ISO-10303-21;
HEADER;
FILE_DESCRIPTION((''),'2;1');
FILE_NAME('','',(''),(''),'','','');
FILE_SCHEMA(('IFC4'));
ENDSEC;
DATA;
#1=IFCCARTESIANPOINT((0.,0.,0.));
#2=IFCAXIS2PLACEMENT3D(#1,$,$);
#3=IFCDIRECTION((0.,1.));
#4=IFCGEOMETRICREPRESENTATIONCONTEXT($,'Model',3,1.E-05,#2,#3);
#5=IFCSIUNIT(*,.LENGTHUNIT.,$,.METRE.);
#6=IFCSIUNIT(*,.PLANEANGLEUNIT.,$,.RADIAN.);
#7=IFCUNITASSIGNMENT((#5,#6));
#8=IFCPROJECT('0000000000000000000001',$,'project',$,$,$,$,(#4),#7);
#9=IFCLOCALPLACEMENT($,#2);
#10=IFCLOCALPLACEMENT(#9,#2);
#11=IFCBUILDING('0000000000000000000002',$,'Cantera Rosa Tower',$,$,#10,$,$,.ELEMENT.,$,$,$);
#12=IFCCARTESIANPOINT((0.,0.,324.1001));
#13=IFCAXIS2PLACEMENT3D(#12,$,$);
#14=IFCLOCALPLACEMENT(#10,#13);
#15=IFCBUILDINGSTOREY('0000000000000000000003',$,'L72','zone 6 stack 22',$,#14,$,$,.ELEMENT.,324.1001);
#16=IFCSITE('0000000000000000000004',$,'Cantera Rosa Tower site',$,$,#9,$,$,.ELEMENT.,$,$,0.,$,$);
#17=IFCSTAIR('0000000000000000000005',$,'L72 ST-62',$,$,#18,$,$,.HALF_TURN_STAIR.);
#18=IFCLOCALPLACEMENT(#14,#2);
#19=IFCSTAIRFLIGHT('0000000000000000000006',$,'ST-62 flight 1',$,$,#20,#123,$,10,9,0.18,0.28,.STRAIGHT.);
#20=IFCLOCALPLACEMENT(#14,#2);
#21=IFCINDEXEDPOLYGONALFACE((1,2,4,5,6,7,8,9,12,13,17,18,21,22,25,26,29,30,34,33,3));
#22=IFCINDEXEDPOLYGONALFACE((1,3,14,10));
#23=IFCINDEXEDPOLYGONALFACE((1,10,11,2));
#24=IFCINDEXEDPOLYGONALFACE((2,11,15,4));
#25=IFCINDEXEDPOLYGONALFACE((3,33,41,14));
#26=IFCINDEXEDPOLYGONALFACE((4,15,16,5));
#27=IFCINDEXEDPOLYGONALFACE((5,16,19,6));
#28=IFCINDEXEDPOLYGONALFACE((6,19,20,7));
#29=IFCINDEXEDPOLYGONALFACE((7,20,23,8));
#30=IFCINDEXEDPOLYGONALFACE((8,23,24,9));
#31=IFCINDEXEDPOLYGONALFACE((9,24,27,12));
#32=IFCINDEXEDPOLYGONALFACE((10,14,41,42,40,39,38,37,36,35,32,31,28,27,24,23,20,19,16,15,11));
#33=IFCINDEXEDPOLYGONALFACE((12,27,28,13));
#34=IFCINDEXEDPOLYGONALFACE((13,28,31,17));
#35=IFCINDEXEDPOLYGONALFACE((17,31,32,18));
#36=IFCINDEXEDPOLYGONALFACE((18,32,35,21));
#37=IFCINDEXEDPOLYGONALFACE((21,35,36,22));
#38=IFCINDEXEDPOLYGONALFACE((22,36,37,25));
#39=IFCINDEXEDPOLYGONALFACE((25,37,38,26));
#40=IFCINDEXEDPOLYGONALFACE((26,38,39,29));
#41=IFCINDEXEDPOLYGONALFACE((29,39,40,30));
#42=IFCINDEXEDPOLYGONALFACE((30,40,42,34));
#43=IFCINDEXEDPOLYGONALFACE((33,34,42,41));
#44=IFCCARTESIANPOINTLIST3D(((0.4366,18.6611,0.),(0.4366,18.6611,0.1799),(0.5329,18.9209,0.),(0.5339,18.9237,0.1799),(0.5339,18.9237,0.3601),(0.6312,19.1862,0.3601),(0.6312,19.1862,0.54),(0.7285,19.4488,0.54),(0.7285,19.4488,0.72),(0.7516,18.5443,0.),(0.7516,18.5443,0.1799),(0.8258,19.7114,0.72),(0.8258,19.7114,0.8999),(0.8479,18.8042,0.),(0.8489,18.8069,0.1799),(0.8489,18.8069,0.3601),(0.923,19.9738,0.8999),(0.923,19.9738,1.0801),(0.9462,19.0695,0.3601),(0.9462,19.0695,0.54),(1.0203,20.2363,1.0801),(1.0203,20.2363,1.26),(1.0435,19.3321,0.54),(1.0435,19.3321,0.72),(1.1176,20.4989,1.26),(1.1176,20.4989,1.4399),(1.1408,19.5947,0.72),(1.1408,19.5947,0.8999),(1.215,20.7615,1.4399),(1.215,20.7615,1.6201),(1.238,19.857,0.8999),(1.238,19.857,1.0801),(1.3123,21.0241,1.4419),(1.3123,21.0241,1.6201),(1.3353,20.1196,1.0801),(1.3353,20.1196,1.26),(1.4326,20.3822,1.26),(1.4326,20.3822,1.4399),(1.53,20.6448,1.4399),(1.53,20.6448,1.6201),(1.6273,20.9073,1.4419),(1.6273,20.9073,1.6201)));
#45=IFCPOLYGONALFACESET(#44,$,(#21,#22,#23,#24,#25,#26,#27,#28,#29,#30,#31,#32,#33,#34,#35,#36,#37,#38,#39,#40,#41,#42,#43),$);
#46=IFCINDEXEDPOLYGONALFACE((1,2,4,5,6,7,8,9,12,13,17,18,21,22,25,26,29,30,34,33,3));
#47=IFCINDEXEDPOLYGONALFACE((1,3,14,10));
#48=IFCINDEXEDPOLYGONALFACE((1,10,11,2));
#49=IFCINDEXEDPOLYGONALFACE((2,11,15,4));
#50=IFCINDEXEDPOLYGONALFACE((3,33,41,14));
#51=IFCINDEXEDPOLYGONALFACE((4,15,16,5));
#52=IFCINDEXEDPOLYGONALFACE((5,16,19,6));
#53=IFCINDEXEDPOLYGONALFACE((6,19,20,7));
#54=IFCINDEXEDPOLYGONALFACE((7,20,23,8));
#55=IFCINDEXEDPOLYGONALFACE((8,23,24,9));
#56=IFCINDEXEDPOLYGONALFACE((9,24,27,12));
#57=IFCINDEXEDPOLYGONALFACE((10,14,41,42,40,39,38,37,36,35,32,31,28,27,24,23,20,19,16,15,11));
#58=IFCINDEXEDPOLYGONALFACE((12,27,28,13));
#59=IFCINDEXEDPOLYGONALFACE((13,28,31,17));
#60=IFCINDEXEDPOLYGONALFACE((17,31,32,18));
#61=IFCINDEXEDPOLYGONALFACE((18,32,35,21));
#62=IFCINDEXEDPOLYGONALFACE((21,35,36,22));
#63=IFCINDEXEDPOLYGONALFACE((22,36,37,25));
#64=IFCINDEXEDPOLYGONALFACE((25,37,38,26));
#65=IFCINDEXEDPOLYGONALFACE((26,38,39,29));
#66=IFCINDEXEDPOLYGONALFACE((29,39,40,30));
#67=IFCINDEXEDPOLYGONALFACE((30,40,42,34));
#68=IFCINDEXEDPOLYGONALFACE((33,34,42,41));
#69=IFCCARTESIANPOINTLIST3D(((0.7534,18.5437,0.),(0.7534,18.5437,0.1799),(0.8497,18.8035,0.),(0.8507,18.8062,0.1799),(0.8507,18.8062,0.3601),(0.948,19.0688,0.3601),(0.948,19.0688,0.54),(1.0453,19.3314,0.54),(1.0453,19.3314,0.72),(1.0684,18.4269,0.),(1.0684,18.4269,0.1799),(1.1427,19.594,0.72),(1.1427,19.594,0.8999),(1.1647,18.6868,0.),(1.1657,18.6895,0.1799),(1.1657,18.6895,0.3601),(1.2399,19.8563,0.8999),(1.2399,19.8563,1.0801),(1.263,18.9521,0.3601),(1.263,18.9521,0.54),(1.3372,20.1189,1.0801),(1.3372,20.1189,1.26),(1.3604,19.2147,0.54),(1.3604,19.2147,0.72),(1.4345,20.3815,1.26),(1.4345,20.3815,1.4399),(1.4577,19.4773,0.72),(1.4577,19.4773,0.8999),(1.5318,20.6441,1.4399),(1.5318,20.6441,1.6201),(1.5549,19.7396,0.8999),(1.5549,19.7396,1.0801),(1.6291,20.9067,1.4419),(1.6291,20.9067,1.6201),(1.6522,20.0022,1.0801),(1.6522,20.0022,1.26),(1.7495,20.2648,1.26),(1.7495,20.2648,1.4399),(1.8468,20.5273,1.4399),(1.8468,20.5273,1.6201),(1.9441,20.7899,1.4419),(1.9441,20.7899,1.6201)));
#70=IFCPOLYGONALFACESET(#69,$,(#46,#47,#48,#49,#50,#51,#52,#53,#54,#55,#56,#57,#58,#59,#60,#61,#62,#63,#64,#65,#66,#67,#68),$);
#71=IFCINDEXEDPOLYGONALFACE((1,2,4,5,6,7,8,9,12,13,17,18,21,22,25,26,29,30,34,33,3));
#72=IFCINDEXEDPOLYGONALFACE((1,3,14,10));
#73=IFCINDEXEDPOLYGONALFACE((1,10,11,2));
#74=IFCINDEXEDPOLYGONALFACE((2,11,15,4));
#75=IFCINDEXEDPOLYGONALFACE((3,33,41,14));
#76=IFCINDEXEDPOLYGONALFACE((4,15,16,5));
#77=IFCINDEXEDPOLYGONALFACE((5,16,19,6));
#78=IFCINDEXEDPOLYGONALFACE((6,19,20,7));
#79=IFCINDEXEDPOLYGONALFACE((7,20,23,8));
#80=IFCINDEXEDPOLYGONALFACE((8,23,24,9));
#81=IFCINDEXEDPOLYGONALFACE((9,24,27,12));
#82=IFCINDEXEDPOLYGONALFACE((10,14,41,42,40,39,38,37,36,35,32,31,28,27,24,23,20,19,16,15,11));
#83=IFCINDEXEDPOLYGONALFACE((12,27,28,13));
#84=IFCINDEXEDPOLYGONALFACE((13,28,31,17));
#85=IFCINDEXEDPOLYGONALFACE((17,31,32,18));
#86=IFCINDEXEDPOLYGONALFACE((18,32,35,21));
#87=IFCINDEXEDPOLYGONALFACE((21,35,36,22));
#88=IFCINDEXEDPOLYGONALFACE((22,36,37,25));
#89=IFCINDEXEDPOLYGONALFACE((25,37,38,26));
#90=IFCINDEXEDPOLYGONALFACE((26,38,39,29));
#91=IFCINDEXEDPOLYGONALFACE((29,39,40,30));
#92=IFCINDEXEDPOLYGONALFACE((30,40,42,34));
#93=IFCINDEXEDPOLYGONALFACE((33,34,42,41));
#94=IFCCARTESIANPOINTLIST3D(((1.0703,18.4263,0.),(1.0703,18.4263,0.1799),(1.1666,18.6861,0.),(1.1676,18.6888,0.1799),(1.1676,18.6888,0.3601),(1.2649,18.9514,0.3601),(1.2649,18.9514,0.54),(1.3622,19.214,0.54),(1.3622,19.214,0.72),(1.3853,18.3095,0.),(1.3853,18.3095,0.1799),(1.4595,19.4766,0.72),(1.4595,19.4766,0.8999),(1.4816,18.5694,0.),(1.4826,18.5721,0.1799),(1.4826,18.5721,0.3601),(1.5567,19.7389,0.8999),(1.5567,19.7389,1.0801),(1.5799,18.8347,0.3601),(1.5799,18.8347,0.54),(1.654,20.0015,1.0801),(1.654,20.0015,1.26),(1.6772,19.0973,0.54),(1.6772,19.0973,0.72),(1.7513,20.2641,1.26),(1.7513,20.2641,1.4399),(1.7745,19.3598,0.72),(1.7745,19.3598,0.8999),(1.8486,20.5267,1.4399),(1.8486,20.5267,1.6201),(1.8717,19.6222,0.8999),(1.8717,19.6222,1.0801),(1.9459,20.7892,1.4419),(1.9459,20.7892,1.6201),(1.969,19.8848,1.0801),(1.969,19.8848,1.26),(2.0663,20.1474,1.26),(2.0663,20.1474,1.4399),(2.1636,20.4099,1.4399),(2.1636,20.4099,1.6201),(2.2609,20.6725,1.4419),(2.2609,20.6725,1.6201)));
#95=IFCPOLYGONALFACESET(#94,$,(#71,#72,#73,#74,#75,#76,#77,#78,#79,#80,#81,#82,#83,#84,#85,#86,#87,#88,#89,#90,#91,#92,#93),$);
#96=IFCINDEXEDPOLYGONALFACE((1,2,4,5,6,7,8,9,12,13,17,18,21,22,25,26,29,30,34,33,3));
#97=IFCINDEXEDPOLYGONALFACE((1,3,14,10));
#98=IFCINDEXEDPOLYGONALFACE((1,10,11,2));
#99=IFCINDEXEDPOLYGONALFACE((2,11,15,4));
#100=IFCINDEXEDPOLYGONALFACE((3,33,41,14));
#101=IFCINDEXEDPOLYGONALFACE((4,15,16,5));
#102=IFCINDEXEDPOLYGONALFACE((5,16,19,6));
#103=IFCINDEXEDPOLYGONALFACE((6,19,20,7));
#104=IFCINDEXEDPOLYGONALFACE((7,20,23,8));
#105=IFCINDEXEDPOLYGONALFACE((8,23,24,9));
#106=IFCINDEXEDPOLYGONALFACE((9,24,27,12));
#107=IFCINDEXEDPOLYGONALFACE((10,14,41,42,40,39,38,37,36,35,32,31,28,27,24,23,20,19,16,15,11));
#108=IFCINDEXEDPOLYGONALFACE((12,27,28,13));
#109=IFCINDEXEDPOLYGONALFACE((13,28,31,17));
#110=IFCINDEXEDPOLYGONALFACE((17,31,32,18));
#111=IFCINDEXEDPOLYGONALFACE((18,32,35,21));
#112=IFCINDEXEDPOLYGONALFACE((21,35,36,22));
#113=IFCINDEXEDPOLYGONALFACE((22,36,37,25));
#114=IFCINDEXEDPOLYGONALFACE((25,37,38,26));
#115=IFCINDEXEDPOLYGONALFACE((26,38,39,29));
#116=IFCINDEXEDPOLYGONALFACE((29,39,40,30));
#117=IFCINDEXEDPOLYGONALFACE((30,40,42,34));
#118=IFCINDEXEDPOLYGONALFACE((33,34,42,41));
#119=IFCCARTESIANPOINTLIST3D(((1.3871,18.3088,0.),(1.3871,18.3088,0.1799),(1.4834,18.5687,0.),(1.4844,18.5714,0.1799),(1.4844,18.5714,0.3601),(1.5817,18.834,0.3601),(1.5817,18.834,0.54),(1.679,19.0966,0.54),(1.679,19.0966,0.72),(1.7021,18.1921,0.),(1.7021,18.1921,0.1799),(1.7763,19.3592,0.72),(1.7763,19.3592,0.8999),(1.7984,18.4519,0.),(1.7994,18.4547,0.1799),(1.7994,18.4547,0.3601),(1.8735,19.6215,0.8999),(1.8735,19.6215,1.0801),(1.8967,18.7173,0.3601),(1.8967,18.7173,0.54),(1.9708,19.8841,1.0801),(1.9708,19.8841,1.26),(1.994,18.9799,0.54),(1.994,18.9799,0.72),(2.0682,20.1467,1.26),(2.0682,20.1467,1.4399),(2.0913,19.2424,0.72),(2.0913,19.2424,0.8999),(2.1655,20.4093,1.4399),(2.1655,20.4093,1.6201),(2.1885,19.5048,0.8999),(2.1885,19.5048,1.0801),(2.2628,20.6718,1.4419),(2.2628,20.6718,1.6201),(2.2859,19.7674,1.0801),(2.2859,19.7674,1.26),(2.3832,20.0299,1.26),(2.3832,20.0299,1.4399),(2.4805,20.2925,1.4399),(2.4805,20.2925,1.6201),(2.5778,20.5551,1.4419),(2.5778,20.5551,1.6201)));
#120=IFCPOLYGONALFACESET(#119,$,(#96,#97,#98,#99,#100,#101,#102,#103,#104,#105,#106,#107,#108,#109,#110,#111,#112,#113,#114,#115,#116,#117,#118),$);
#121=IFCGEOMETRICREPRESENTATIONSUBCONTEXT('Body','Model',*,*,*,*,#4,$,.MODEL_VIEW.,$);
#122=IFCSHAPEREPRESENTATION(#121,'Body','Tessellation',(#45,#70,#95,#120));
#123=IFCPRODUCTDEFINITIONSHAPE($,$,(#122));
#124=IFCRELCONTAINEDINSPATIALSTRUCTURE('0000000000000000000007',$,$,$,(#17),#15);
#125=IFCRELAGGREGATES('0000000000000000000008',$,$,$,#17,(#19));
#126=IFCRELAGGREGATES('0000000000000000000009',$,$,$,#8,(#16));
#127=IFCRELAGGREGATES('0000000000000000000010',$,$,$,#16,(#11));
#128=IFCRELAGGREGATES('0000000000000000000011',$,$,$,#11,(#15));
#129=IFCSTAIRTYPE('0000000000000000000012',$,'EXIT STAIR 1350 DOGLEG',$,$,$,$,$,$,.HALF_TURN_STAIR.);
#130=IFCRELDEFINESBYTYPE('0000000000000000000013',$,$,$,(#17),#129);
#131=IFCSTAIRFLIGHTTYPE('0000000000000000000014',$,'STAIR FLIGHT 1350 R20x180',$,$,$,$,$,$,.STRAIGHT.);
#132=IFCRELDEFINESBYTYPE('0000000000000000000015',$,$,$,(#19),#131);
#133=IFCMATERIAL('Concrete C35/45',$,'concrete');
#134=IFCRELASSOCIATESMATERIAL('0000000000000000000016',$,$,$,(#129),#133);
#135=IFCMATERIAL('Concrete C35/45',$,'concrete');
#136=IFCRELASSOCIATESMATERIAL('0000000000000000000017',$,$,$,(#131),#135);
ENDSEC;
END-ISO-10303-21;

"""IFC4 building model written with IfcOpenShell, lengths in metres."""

from ifc_helpers import new_model, si_unit, direction, frame, origin, place, context, subcontext, project, spatial, polyline, outline, extrude, material, type_object, element, aggregate, save


model = new_model("IFC4")

# Units and contexts
model_context = context("Model", 3, precision=1e-05, world=origin(), true_north=direction((0.0, 1.0)))
body_context = subcontext(model_context, "Body", "Model", "MODEL_VIEW")
ifc_project = project(units=[si_unit("LENGTHUNIT", "METRE"), si_unit("PLANEANGLEUNIT", "RADIAN")], contexts=[model_context])

# Site, building, storey
site_placement = place(None, origin())
site = spatial("IfcSite", under=ifc_project, at=site_placement, Name="Cantera Rosa Tower site", CompositionType="ELEMENT", RefElevation=0.0)
building_placement = place(site_placement, origin())
building = spatial("IfcBuilding", under=site, at=building_placement, Name="Cantera Rosa Tower", CompositionType="ELEMENT")
storey_placement = place(building_placement, frame((0.0, 0.0, 324.1001)))
storey = spatial("IfcBuildingStorey", under=building, at=storey_placement, Name="L72", Description="zone 6 stack 22", CompositionType="ELEMENT", Elevation=324.1001)

# Stair, stair flight
ifc_material_1 = material(Name="Concrete C35/45", Category="concrete")
stair_type = type_object("IfcStairType", Name="EXIT STAIR 1350 DOGLEG", PredefinedType="HALF_TURN_STAIR", material=ifc_material_1)
stair_placement = place(storey_placement, origin())
stair = element("IfcStair", 1, at=stair_placement, inside=storey, type_object=stair_type, Name="L72 ST-62", PredefinedType="HALF_TURN_STAIR")
ifc_material_2 = material(Name="Concrete C35/45", Category="concrete")
stair_flight_type = type_object("IfcStairFlightType", Name="STAIR FLIGHT 1350 R20x180", PredefinedType="STRAIGHT", material=ifc_material_2)
stair_flight_placement = place(storey_placement, frame((1.0696, 18.4265, 0.0), z_axis=(0.0, 0.0, 1.0), x_axis=(0.347481, 0.937687, 0.0)))
stair_flight = element("IfcStairFlight", 2, at=stair_flight_placement, type_object=stair_flight_type, Name="ST-62 flight 1", NumberOfRisers=10, NumberOfTreads=9, PredefinedType="STRAIGHT", RiserHeight=0.18, TreadLength=0.28, context=body_context, shape_type="SweptSolid", body=[
    extrude(outline(polyline([(0.0, 0.0), (0.0, 0.1799), (0.28, 0.1799), (0.28, 0.3601), (0.5601, 0.3601), (0.5601, 0.54), (0.8401, 0.54), (0.8401, 0.72), (1.1201, 0.72), (1.1201, 0.8999), (1.3999, 0.8999), (1.3999, 1.0801), (1.6799, 1.0801), (1.6799, 1.26), (1.96, 1.26), (1.96, 1.4399), (2.24, 1.4399), (2.24, 1.6201), (2.52, 1.6201), (2.52, 1.8), (2.52, 1.4419), (0.2771, 0.0), (0.0, 0.0)])), frame((0.0, 0.675, 0.0), z_axis=(0.0, -1.0, 0.0), x_axis=(1.0, 0.0, 0.0)), (0.0, 0.0, 1.0), 0.3359),
    extrude(outline(polyline([(0.0, 0.0), (0.0, 0.1799), (0.28, 0.1799), (0.28, 0.3601), (0.5601, 0.3601), (0.5601, 0.54), (0.8401, 0.54), (0.8401, 0.72), (1.1201, 0.72), (1.1201, 0.8999), (1.3999, 0.8999), (1.3999, 1.0801), (1.6799, 1.0801), (1.6799, 1.26), (1.96, 1.26), (1.96, 1.4399), (2.24, 1.4399), (2.24, 1.6201), (2.52, 1.6201), (2.52, 1.8), (2.52, 1.4419), (0.2771, 0.0), (0.0, 0.0)])), frame((0.0, 0.3372, 0.0), z_axis=(0.0, -1.0, 0.0), x_axis=(1.0, 0.0, 0.0)), (0.0, 0.0, 1.0), 0.3359),
    extrude(outline(polyline([(0.0, 0.0), (0.0, 0.1799), (0.28, 0.1799), (0.28, 0.3601), (0.5601, 0.3601), (0.5601, 0.54), (0.8401, 0.54), (0.8401, 0.72), (1.1201, 0.72), (1.1201, 0.8999), (1.3999, 0.8999), (1.3999, 1.0801), (1.6799, 1.0801), (1.6799, 1.26), (1.96, 1.26), (1.96, 1.4399), (2.24, 1.4399), (2.24, 1.6201), (2.52, 1.6201), (2.52, 1.8), (2.52, 1.4419), (0.2771, 0.0), (0.0, 0.0)])), frame((0.0, -0.0007, 0.0), z_axis=(0.0, -1.0, 0.0), x_axis=(1.0, 0.0, 0.0)), (0.0, 0.0, 1.0), 0.3359),
    extrude(outline(polyline([(0.0, 0.0), (0.0, 0.1799), (0.28, 0.1799), (0.28, 0.3601), (0.5601, 0.3601), (0.5601, 0.54), (0.8401, 0.54), (0.8401, 0.72), (1.1201, 0.72), (1.1201, 0.8999), (1.3999, 0.8999), (1.3999, 1.0801), (1.6799, 1.0801), (1.6799, 1.26), (1.96, 1.26), (1.96, 1.4399), (2.24, 1.4399), (2.24, 1.6201), (2.52, 1.6201), (2.52, 1.8), (2.52, 1.4419), (0.2771, 0.0), (0.0, 0.0)])), frame((0.0, -0.3386, 0.0), z_axis=(0.0, -1.0, 0.0), x_axis=(1.0, 0.0, 0.0)), (0.0, 0.0, 1.0), 0.3359),
])
aggregate(stair, [stair_flight])

save(model, "model.ifc")
